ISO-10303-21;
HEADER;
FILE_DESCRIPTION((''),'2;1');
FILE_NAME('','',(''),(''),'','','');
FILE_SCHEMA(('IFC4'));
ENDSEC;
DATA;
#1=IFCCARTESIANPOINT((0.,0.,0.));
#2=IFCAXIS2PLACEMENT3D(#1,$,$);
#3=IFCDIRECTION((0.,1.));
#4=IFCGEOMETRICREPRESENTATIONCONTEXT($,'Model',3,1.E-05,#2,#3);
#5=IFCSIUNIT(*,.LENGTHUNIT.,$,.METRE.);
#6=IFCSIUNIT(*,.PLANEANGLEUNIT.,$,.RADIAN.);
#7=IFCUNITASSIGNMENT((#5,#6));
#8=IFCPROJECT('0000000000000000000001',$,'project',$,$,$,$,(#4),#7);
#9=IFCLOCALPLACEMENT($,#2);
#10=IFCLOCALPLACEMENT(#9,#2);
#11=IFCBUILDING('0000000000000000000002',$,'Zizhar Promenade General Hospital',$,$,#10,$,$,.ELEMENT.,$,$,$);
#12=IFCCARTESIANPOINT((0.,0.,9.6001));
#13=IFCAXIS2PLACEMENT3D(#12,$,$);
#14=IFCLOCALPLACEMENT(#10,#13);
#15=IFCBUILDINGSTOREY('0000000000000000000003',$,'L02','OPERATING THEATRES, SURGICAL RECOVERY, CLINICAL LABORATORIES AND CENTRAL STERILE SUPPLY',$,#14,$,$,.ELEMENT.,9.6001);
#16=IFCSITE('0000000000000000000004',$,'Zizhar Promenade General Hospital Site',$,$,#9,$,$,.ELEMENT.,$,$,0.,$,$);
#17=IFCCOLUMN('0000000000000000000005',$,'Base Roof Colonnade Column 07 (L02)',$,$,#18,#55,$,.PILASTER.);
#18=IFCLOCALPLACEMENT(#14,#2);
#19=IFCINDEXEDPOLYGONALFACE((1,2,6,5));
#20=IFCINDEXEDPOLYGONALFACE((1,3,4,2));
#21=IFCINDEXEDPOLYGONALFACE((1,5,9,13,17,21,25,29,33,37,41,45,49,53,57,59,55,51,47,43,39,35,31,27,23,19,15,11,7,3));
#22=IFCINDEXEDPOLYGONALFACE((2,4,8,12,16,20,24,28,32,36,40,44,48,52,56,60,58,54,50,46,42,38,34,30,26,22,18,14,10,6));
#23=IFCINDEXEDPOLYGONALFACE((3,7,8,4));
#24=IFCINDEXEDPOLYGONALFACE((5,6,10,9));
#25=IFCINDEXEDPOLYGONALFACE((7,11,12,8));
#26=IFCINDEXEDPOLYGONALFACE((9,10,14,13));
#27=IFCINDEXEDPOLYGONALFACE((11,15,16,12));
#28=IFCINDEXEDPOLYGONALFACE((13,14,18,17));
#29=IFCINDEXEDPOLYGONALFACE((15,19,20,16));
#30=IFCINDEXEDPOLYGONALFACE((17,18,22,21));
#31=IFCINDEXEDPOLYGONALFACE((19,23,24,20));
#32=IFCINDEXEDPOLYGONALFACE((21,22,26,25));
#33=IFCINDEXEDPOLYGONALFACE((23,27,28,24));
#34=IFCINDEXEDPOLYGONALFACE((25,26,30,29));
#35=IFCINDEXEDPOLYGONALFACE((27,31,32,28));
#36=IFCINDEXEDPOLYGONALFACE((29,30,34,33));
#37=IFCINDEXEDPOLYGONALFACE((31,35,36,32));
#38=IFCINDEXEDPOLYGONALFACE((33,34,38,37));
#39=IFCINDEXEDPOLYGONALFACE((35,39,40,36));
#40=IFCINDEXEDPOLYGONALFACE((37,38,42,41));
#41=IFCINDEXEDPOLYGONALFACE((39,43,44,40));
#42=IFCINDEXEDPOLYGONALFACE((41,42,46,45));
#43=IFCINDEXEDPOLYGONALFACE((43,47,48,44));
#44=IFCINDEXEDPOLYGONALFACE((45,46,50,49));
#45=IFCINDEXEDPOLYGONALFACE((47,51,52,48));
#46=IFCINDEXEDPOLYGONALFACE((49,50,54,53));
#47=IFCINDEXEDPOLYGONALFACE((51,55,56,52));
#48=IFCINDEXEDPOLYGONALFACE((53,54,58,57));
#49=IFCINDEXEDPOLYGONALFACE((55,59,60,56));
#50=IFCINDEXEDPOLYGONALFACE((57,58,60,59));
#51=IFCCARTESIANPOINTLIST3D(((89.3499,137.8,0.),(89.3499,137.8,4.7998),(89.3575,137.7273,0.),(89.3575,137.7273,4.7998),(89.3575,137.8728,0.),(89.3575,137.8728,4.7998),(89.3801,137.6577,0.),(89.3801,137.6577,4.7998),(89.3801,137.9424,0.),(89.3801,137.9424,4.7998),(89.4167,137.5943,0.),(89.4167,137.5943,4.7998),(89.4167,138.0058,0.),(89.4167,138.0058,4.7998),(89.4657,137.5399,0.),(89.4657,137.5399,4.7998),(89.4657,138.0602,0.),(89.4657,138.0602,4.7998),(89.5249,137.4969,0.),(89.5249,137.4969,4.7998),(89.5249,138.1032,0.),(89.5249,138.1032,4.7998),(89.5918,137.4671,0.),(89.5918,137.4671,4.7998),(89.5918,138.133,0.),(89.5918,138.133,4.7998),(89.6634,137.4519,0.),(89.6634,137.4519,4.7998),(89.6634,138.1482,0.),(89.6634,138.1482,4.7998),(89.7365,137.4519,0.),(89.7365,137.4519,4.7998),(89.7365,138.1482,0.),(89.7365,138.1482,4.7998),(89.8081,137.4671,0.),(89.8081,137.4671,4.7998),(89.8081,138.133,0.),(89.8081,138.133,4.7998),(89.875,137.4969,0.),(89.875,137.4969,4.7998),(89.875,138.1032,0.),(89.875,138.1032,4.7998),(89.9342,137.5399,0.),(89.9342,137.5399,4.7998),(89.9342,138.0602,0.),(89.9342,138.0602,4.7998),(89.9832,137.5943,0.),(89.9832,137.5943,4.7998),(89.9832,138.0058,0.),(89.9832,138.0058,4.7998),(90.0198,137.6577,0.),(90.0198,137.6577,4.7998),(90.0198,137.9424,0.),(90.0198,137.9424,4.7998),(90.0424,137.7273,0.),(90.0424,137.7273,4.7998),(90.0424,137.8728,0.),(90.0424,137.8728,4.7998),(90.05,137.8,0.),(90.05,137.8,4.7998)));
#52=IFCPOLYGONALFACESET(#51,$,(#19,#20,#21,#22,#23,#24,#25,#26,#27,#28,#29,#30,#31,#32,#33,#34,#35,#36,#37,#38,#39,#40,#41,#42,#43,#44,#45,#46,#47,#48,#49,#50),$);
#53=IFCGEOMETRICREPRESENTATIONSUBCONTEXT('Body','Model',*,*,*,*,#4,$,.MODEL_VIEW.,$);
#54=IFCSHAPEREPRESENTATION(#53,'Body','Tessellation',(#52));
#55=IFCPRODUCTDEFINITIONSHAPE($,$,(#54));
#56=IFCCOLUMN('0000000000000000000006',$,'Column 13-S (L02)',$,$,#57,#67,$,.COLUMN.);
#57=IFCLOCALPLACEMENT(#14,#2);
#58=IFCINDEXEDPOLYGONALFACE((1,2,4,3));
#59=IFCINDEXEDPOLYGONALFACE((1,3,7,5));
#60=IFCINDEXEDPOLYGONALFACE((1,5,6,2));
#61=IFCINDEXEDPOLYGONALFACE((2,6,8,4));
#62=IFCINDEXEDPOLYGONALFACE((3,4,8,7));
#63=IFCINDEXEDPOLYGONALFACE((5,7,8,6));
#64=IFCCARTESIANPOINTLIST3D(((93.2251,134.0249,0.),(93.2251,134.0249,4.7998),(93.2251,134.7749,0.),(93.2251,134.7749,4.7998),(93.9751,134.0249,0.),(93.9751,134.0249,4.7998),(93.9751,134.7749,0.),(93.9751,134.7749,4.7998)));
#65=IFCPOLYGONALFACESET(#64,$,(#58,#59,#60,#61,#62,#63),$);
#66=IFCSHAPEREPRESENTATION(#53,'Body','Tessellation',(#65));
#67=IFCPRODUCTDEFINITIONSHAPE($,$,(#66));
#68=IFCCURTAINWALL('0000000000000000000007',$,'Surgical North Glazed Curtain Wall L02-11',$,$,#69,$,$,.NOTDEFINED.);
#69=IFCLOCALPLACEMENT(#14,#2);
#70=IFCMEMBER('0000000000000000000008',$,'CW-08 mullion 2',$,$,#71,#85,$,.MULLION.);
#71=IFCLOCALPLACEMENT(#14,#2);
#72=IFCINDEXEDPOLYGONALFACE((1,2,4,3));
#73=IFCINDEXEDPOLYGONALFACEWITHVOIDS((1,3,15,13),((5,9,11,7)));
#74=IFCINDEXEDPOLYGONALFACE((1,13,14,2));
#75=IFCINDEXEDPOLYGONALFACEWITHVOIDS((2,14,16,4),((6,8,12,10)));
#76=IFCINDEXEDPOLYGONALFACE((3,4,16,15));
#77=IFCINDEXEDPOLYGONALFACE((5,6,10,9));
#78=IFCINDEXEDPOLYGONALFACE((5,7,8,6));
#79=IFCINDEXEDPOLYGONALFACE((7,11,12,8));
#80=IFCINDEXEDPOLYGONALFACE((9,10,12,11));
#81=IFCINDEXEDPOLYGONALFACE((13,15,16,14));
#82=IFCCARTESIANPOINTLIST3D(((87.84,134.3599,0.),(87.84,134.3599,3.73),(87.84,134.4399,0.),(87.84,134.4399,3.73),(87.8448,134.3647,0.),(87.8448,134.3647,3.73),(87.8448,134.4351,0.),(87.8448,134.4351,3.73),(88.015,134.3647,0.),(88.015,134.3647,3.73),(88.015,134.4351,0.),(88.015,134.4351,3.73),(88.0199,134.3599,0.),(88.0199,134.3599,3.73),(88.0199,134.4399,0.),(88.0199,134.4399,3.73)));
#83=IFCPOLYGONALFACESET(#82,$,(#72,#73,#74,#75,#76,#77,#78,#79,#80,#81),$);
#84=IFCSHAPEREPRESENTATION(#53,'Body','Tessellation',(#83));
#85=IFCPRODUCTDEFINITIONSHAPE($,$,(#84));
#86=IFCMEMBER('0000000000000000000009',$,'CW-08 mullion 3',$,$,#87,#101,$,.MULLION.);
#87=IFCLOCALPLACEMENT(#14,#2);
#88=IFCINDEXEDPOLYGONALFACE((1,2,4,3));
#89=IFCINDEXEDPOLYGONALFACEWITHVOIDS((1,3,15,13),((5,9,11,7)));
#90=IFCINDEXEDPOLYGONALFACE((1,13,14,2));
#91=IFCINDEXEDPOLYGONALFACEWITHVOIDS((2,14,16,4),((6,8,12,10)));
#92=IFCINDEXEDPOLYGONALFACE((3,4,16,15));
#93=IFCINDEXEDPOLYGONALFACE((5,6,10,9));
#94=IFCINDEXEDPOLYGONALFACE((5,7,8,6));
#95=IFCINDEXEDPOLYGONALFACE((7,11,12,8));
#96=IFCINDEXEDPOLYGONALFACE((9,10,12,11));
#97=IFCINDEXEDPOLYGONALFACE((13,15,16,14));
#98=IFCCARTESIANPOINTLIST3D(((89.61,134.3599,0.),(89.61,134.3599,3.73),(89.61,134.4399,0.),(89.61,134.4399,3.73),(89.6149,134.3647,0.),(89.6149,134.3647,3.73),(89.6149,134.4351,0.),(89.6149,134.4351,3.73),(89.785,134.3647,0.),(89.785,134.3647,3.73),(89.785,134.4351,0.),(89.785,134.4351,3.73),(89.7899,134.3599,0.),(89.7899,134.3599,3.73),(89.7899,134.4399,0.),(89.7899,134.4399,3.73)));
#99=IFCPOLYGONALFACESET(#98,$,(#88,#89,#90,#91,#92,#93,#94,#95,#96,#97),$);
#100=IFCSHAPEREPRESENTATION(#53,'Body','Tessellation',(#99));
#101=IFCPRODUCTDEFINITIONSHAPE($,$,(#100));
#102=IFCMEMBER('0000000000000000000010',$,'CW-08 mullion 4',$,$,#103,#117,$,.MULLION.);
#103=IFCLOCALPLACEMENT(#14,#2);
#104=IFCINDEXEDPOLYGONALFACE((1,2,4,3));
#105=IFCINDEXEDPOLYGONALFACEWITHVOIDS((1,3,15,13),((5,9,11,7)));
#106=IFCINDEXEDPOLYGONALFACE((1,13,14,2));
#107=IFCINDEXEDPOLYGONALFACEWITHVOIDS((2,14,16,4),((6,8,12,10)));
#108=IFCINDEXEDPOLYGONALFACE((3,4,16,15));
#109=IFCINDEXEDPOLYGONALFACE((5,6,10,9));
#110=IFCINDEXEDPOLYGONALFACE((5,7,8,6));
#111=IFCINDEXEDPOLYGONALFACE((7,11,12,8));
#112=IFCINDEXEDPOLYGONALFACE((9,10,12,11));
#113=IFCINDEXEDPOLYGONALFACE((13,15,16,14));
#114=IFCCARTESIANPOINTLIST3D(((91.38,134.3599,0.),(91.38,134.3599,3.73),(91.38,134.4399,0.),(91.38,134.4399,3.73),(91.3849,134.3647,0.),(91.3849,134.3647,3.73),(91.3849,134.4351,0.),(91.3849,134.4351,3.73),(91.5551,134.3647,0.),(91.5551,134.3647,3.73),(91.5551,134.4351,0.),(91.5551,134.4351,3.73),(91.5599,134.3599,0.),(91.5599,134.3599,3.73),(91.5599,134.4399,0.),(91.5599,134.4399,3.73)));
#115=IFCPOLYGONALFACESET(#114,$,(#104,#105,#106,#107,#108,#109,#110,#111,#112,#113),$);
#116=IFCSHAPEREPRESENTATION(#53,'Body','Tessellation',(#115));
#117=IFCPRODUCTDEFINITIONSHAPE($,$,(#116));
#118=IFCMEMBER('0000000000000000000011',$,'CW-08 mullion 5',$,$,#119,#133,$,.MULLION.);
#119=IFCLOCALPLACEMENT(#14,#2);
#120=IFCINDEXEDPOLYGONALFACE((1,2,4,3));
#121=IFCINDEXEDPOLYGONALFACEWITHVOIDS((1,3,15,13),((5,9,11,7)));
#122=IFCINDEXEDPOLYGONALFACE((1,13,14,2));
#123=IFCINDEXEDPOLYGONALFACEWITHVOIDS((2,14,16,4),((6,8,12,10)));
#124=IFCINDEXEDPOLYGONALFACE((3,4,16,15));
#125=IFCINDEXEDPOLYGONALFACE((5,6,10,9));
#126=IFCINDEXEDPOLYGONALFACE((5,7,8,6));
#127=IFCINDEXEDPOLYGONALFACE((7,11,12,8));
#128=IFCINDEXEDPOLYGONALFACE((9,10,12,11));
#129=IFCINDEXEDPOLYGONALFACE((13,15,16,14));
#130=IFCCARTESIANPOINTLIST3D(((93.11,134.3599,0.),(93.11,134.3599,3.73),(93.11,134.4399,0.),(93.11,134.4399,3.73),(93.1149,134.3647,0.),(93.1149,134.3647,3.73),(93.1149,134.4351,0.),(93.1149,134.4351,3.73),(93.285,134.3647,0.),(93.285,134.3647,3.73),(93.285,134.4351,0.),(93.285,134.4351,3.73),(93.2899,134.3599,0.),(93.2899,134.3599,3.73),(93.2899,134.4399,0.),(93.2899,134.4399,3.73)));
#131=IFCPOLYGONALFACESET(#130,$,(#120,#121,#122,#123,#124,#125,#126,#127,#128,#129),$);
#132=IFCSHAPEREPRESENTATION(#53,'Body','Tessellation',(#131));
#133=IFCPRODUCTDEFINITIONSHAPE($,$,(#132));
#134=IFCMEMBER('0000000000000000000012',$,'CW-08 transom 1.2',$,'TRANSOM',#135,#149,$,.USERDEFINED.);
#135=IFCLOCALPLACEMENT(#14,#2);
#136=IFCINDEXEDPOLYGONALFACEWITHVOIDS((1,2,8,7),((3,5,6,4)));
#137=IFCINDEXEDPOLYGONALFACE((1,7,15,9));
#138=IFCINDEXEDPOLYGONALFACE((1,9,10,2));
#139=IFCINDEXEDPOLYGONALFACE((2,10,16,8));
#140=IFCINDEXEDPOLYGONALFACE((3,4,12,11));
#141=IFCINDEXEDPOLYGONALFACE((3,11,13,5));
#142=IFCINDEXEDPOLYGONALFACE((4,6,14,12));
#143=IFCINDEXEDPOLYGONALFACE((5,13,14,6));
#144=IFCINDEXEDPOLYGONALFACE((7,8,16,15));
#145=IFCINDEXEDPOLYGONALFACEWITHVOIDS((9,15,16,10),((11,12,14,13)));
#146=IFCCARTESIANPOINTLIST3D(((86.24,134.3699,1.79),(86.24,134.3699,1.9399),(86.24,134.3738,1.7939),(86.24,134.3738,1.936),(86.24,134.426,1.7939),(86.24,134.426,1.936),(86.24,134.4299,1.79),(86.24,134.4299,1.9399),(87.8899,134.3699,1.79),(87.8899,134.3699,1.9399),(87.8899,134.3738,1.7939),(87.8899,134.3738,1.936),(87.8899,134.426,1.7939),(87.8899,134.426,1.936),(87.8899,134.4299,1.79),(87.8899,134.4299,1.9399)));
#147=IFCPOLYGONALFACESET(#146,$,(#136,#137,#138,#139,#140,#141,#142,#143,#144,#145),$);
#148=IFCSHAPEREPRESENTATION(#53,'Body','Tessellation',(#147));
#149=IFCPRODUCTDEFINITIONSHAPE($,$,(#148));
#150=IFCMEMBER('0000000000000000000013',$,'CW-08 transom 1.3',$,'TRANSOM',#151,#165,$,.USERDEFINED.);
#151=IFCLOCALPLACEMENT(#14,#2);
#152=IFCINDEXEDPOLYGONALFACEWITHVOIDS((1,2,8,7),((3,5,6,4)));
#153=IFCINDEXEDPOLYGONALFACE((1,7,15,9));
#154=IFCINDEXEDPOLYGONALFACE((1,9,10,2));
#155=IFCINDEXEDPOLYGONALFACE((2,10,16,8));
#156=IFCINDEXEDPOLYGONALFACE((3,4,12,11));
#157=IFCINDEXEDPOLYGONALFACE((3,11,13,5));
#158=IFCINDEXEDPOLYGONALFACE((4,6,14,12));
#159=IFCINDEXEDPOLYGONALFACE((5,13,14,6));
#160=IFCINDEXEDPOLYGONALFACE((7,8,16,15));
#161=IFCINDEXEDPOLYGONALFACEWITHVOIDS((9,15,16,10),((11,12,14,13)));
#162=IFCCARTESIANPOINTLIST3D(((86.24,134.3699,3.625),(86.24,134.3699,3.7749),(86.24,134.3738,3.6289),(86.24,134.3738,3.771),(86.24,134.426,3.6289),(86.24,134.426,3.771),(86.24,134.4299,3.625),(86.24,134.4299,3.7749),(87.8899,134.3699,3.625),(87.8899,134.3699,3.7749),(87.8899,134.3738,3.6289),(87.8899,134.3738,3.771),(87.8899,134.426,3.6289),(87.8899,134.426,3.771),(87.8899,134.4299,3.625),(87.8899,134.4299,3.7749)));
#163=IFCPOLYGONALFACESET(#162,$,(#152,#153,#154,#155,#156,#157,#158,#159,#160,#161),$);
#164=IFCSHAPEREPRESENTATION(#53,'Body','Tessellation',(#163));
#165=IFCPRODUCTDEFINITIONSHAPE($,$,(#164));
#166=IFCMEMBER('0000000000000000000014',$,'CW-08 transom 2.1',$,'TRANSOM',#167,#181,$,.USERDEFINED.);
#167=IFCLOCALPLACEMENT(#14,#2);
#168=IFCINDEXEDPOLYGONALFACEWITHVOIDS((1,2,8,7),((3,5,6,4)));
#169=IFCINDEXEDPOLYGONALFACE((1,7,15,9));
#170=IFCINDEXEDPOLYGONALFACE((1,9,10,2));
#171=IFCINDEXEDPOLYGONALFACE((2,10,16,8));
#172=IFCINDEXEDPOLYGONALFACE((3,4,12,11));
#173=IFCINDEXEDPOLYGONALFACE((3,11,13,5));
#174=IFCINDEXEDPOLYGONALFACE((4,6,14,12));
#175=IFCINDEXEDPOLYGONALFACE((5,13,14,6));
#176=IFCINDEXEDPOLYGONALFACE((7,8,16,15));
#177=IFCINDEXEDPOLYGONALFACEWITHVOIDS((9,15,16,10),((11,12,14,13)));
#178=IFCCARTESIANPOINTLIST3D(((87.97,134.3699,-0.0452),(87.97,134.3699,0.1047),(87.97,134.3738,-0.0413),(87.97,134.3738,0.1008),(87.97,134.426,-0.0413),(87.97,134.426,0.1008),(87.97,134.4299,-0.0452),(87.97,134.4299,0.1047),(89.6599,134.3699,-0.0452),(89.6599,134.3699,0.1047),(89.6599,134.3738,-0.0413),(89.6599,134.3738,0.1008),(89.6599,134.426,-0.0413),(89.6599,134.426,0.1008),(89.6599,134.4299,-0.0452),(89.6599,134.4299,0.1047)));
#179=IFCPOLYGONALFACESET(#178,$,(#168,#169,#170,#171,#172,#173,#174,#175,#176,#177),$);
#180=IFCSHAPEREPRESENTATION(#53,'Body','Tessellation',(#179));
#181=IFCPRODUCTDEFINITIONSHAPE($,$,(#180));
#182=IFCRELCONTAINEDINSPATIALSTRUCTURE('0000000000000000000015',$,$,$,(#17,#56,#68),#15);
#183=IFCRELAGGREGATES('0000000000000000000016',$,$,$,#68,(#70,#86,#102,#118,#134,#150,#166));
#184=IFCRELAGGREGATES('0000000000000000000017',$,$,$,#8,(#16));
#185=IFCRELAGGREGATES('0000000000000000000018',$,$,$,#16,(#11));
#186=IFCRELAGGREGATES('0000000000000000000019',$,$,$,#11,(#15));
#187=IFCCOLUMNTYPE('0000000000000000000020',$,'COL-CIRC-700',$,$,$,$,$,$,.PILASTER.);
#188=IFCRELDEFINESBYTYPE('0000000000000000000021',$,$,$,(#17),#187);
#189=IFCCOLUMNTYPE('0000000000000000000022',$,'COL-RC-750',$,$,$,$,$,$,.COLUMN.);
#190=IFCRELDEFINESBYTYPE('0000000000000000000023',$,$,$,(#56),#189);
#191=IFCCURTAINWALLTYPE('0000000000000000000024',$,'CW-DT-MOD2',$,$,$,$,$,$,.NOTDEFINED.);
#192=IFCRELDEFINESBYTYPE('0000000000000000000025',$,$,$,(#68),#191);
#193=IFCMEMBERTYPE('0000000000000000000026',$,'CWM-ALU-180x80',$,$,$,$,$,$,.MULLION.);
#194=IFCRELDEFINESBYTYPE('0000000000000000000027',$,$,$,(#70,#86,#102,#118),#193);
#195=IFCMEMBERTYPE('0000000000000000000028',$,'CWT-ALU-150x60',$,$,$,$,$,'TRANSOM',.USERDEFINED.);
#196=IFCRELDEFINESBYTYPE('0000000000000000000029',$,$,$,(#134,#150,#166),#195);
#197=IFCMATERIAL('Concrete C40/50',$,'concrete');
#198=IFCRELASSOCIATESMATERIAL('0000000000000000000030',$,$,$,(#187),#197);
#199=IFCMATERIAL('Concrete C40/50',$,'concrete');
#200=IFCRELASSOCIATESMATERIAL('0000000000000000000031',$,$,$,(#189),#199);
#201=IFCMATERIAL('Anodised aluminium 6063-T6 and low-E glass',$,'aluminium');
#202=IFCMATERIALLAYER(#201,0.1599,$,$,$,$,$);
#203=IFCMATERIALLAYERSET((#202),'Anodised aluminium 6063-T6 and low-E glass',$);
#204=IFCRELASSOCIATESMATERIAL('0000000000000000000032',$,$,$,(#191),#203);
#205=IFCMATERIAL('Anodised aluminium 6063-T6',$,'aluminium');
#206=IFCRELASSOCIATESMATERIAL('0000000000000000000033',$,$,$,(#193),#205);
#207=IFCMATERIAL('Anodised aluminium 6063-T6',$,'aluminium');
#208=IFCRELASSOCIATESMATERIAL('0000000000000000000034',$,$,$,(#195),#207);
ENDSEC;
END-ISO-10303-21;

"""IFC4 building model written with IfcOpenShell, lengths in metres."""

from ifc_helpers import new_model, si_unit, direction, frame, origin, origin_2d, place, context, subcontext, project, spatial, rectangle, hollow_rectangle, circle, extrude, material, layer, layer_set, material_profile, profile_set, type_object, element, aggregate, save


model = new_model("IFC4")

# Units and contexts
model_context = context("Model", 3, precision=1e-05, world=origin(), true_north=direction((0.0, 1.0)))
body_context = subcontext(model_context, "Body", "Model", "MODEL_VIEW")
ifc_project = project(units=[si_unit("LENGTHUNIT", "METRE"), si_unit("PLANEANGLEUNIT", "RADIAN")], contexts=[model_context])

# Site, building, storey
site_placement = place(None, origin())
site = spatial("IfcSite", under=ifc_project, at=site_placement, Name="Zizhar Promenade General Hospital Site", CompositionType="ELEMENT", RefElevation=0.0)
building_placement = place(site_placement, origin())
building = spatial("IfcBuilding", under=site, at=building_placement, Name="Zizhar Promenade General Hospital", CompositionType="ELEMENT")
storey_placement = place(building_placement, frame((0.0, 0.0, 9.6001)))
storey = spatial("IfcBuildingStorey", under=building, at=storey_placement, Name="L02", Description="OPERATING THEATRES, SURGICAL RECOVERY, CLINICAL LABORATORIES AND CENTRAL STERILE SUPPLY", CompositionType="ELEMENT", Elevation=9.6001)

# Columns
ifc_material_1 = material(Name="Concrete C40/50", Category="concrete")
ifc_material_profile_1 = material_profile(ifc_material_1, circle(Radius=0.3501, at=origin_2d()))
ifc_profile_set_1 = profile_set([ifc_material_profile_1], Name="Concrete C40/50")
column_type_1 = type_object("IfcColumnType", Name="COL-CIRC-700", PredefinedType="PILASTER", material=ifc_profile_set_1)
column_1_placement = place(storey_placement, frame((89.7, 137.8, 0.0), z_axis=(0.0, 0.0, 1.0), x_axis=(1.0, 0.0, 0.0)))
element("IfcColumn", 1, at=column_1_placement, inside=storey, type_object=column_type_1, Name="Base Roof Colonnade Column 07 (L02)", PredefinedType="PILASTER", context=body_context, shape_type="SweptSolid", body=[
    extrude(circle(Radius=0.3501, at=origin_2d()), origin(), (0.0, 0.0, 1.0), 4.7998),
])
ifc_material_2 = material(Name="Concrete C40/50", Category="concrete")
ifc_material_profile_2 = material_profile(ifc_material_2, rectangle(XDim=0.75, YDim=0.75, at=origin_2d()))
ifc_profile_set_2 = profile_set([ifc_material_profile_2], Name="Concrete C40/50")
column_type_2 = type_object("IfcColumnType", Name="COL-RC-750", PredefinedType="COLUMN", material=ifc_profile_set_2)
column_2_placement = place(storey_placement, frame((93.6001, 134.3999, 0.0), z_axis=(0.0, 0.0, 1.0), x_axis=(1.0, 0.0, 0.0)))
element("IfcColumn", 2, at=column_2_placement, inside=storey, type_object=column_type_2, Name="Column 13-S (L02)", PredefinedType="COLUMN", context=body_context, shape_type="SweptSolid", body=[
    extrude(rectangle(XDim=0.75, YDim=0.75, at=origin_2d()), origin(), (0.0, 0.0, 1.0), 4.7998),
])

# Curtain wall, members
ifc_material_3 = material(Name="Anodised aluminium 6063-T6 and low-E glass", Category="aluminium")
ifc_layer_1 = layer(ifc_material_3, 0.1599)
ifc_layer_set_1 = layer_set([ifc_layer_1], Name="Anodised aluminium 6063-T6 and low-E glass")
curtain_wall_type = type_object("IfcCurtainWallType", Name="CW-DT-MOD2", PredefinedType="NOTDEFINED", material=ifc_layer_set_1)
curtain_wall_placement = place(storey_placement, origin())
curtain_wall = element("IfcCurtainWall", 3, at=curtain_wall_placement, inside=storey, type_object=curtain_wall_type, Name="Surgical North Glazed Curtain Wall L02-11", PredefinedType="NOTDEFINED")
ifc_material_4 = material(Name="Anodised aluminium 6063-T6", Category="aluminium")
ifc_material_profile_3 = material_profile(ifc_material_4, hollow_rectangle(XDim=0.0801, YDim=0.1799, WallThickness=0.0049, at=origin_2d()))
ifc_profile_set_3 = profile_set([ifc_material_profile_3], Name="Anodised aluminium 6063-T6")
member_type_1 = type_object("IfcMemberType", Name="CWM-ALU-180x80", PredefinedType="MULLION", material=ifc_profile_set_3)
member_1_placement = place(storey_placement, frame((87.9299, 134.3999, 0.0), z_axis=(0.0, 0.0, 1.0), x_axis=(0.0, 1.0, 0.0)))
member_1 = element("IfcMember", 4, at=member_1_placement, type_object=member_type_1, Name="CW-08 mullion 2", PredefinedType="MULLION", context=body_context, shape_type="SweptSolid", body=[
    extrude(hollow_rectangle(XDim=0.0801, YDim=0.1799, WallThickness=0.0049, at=origin_2d()), origin(), (0.0, 0.0, 1.0), 3.73),
])
member_2_placement = place(storey_placement, frame((89.7, 134.3999, 0.0), z_axis=(0.0, 0.0, 1.0), x_axis=(0.0, 1.0, 0.0)))
member_2 = element("IfcMember", 5, at=member_2_placement, type_object=member_type_1, Name="CW-08 mullion 3", PredefinedType="MULLION", context=body_context, shape_type="SweptSolid", body=[
    extrude(hollow_rectangle(XDim=0.0801, YDim=0.1799, WallThickness=0.0049, at=origin_2d()), origin(), (0.0, 0.0, 1.0), 3.73),
])
member_3_placement = place(storey_placement, frame((91.47, 134.3999, 0.0), z_axis=(0.0, 0.0, 1.0), x_axis=(0.0, 1.0, 0.0)))
member_3 = element("IfcMember", 6, at=member_3_placement, type_object=member_type_1, Name="CW-08 mullion 4", PredefinedType="MULLION", context=body_context, shape_type="SweptSolid", body=[
    extrude(hollow_rectangle(XDim=0.0801, YDim=0.1799, WallThickness=0.0049, at=origin_2d()), origin(), (0.0, 0.0, 1.0), 3.73),
])
member_4_placement = place(storey_placement, frame((93.2, 134.3999, 0.0), z_axis=(0.0, 0.0, 1.0), x_axis=(0.0, 1.0, 0.0)))
member_4 = element("IfcMember", 7, at=member_4_placement, type_object=member_type_1, Name="CW-08 mullion 5", PredefinedType="MULLION", context=body_context, shape_type="SweptSolid", body=[
    extrude(hollow_rectangle(XDim=0.0801, YDim=0.1799, WallThickness=0.0049, at=origin_2d()), origin(), (0.0, 0.0, 1.0), 3.73),
])
ifc_material_5 = material(Name="Anodised aluminium 6063-T6", Category="aluminium")
ifc_material_profile_4 = material_profile(ifc_material_5, hollow_rectangle(XDim=0.0601, YDim=0.1499, WallThickness=0.0039, at=origin_2d()))
ifc_profile_set_4 = profile_set([ifc_material_profile_4], Name="Anodised aluminium 6063-T6")
member_type_2 = type_object("IfcMemberType", Name="CWT-ALU-150x60", ElementType="TRANSOM", PredefinedType="USERDEFINED", material=ifc_profile_set_4)
member_5_placement = place(storey_placement, frame((86.24, 134.3999, 1.865), z_axis=(1.0, 0.0, 0.0), x_axis=(0.0, 1.0, 0.0)))
member_5 = element("IfcMember", 8, at=member_5_placement, type_object=member_type_2, Name="CW-08 transom 1.2", ObjectType="TRANSOM", PredefinedType="USERDEFINED", context=body_context, shape_type="SweptSolid", body=[
    extrude(hollow_rectangle(XDim=0.0601, YDim=0.1499, WallThickness=0.0039, at=origin_2d()), origin(), (0.0, 0.0, 1.0), 1.6499),
])
member_6_placement = place(storey_placement, frame((86.24, 134.3999, 3.7), z_axis=(1.0, 0.0, 0.0), x_axis=(0.0, 1.0, 0.0)))
member_6 = element("IfcMember", 9, at=member_6_placement, type_object=member_type_2, Name="CW-08 transom 1.3", ObjectType="TRANSOM", PredefinedType="USERDEFINED", context=body_context, shape_type="SweptSolid", body=[
    extrude(hollow_rectangle(XDim=0.0601, YDim=0.1499, WallThickness=0.0039, at=origin_2d()), origin(), (0.0, 0.0, 1.0), 1.6499),
])
member_7_placement = place(storey_placement, frame((87.97, 134.3999, 0.0298), z_axis=(1.0, 0.0, 0.0), x_axis=(0.0, 1.0, 0.0)))
member_7 = element("IfcMember", 10, at=member_7_placement, type_object=member_type_2, Name="CW-08 transom 2.1", ObjectType="TRANSOM", PredefinedType="USERDEFINED", context=body_context, shape_type="SweptSolid", body=[
    extrude(hollow_rectangle(XDim=0.0601, YDim=0.1499, WallThickness=0.0039, at=origin_2d()), origin(), (0.0, 0.0, 1.0), 1.6899),
])
aggregate(curtain_wall, [member_1, member_2, member_3, member_4, member_5, member_6, member_7])

save(model, "model.ifc")
